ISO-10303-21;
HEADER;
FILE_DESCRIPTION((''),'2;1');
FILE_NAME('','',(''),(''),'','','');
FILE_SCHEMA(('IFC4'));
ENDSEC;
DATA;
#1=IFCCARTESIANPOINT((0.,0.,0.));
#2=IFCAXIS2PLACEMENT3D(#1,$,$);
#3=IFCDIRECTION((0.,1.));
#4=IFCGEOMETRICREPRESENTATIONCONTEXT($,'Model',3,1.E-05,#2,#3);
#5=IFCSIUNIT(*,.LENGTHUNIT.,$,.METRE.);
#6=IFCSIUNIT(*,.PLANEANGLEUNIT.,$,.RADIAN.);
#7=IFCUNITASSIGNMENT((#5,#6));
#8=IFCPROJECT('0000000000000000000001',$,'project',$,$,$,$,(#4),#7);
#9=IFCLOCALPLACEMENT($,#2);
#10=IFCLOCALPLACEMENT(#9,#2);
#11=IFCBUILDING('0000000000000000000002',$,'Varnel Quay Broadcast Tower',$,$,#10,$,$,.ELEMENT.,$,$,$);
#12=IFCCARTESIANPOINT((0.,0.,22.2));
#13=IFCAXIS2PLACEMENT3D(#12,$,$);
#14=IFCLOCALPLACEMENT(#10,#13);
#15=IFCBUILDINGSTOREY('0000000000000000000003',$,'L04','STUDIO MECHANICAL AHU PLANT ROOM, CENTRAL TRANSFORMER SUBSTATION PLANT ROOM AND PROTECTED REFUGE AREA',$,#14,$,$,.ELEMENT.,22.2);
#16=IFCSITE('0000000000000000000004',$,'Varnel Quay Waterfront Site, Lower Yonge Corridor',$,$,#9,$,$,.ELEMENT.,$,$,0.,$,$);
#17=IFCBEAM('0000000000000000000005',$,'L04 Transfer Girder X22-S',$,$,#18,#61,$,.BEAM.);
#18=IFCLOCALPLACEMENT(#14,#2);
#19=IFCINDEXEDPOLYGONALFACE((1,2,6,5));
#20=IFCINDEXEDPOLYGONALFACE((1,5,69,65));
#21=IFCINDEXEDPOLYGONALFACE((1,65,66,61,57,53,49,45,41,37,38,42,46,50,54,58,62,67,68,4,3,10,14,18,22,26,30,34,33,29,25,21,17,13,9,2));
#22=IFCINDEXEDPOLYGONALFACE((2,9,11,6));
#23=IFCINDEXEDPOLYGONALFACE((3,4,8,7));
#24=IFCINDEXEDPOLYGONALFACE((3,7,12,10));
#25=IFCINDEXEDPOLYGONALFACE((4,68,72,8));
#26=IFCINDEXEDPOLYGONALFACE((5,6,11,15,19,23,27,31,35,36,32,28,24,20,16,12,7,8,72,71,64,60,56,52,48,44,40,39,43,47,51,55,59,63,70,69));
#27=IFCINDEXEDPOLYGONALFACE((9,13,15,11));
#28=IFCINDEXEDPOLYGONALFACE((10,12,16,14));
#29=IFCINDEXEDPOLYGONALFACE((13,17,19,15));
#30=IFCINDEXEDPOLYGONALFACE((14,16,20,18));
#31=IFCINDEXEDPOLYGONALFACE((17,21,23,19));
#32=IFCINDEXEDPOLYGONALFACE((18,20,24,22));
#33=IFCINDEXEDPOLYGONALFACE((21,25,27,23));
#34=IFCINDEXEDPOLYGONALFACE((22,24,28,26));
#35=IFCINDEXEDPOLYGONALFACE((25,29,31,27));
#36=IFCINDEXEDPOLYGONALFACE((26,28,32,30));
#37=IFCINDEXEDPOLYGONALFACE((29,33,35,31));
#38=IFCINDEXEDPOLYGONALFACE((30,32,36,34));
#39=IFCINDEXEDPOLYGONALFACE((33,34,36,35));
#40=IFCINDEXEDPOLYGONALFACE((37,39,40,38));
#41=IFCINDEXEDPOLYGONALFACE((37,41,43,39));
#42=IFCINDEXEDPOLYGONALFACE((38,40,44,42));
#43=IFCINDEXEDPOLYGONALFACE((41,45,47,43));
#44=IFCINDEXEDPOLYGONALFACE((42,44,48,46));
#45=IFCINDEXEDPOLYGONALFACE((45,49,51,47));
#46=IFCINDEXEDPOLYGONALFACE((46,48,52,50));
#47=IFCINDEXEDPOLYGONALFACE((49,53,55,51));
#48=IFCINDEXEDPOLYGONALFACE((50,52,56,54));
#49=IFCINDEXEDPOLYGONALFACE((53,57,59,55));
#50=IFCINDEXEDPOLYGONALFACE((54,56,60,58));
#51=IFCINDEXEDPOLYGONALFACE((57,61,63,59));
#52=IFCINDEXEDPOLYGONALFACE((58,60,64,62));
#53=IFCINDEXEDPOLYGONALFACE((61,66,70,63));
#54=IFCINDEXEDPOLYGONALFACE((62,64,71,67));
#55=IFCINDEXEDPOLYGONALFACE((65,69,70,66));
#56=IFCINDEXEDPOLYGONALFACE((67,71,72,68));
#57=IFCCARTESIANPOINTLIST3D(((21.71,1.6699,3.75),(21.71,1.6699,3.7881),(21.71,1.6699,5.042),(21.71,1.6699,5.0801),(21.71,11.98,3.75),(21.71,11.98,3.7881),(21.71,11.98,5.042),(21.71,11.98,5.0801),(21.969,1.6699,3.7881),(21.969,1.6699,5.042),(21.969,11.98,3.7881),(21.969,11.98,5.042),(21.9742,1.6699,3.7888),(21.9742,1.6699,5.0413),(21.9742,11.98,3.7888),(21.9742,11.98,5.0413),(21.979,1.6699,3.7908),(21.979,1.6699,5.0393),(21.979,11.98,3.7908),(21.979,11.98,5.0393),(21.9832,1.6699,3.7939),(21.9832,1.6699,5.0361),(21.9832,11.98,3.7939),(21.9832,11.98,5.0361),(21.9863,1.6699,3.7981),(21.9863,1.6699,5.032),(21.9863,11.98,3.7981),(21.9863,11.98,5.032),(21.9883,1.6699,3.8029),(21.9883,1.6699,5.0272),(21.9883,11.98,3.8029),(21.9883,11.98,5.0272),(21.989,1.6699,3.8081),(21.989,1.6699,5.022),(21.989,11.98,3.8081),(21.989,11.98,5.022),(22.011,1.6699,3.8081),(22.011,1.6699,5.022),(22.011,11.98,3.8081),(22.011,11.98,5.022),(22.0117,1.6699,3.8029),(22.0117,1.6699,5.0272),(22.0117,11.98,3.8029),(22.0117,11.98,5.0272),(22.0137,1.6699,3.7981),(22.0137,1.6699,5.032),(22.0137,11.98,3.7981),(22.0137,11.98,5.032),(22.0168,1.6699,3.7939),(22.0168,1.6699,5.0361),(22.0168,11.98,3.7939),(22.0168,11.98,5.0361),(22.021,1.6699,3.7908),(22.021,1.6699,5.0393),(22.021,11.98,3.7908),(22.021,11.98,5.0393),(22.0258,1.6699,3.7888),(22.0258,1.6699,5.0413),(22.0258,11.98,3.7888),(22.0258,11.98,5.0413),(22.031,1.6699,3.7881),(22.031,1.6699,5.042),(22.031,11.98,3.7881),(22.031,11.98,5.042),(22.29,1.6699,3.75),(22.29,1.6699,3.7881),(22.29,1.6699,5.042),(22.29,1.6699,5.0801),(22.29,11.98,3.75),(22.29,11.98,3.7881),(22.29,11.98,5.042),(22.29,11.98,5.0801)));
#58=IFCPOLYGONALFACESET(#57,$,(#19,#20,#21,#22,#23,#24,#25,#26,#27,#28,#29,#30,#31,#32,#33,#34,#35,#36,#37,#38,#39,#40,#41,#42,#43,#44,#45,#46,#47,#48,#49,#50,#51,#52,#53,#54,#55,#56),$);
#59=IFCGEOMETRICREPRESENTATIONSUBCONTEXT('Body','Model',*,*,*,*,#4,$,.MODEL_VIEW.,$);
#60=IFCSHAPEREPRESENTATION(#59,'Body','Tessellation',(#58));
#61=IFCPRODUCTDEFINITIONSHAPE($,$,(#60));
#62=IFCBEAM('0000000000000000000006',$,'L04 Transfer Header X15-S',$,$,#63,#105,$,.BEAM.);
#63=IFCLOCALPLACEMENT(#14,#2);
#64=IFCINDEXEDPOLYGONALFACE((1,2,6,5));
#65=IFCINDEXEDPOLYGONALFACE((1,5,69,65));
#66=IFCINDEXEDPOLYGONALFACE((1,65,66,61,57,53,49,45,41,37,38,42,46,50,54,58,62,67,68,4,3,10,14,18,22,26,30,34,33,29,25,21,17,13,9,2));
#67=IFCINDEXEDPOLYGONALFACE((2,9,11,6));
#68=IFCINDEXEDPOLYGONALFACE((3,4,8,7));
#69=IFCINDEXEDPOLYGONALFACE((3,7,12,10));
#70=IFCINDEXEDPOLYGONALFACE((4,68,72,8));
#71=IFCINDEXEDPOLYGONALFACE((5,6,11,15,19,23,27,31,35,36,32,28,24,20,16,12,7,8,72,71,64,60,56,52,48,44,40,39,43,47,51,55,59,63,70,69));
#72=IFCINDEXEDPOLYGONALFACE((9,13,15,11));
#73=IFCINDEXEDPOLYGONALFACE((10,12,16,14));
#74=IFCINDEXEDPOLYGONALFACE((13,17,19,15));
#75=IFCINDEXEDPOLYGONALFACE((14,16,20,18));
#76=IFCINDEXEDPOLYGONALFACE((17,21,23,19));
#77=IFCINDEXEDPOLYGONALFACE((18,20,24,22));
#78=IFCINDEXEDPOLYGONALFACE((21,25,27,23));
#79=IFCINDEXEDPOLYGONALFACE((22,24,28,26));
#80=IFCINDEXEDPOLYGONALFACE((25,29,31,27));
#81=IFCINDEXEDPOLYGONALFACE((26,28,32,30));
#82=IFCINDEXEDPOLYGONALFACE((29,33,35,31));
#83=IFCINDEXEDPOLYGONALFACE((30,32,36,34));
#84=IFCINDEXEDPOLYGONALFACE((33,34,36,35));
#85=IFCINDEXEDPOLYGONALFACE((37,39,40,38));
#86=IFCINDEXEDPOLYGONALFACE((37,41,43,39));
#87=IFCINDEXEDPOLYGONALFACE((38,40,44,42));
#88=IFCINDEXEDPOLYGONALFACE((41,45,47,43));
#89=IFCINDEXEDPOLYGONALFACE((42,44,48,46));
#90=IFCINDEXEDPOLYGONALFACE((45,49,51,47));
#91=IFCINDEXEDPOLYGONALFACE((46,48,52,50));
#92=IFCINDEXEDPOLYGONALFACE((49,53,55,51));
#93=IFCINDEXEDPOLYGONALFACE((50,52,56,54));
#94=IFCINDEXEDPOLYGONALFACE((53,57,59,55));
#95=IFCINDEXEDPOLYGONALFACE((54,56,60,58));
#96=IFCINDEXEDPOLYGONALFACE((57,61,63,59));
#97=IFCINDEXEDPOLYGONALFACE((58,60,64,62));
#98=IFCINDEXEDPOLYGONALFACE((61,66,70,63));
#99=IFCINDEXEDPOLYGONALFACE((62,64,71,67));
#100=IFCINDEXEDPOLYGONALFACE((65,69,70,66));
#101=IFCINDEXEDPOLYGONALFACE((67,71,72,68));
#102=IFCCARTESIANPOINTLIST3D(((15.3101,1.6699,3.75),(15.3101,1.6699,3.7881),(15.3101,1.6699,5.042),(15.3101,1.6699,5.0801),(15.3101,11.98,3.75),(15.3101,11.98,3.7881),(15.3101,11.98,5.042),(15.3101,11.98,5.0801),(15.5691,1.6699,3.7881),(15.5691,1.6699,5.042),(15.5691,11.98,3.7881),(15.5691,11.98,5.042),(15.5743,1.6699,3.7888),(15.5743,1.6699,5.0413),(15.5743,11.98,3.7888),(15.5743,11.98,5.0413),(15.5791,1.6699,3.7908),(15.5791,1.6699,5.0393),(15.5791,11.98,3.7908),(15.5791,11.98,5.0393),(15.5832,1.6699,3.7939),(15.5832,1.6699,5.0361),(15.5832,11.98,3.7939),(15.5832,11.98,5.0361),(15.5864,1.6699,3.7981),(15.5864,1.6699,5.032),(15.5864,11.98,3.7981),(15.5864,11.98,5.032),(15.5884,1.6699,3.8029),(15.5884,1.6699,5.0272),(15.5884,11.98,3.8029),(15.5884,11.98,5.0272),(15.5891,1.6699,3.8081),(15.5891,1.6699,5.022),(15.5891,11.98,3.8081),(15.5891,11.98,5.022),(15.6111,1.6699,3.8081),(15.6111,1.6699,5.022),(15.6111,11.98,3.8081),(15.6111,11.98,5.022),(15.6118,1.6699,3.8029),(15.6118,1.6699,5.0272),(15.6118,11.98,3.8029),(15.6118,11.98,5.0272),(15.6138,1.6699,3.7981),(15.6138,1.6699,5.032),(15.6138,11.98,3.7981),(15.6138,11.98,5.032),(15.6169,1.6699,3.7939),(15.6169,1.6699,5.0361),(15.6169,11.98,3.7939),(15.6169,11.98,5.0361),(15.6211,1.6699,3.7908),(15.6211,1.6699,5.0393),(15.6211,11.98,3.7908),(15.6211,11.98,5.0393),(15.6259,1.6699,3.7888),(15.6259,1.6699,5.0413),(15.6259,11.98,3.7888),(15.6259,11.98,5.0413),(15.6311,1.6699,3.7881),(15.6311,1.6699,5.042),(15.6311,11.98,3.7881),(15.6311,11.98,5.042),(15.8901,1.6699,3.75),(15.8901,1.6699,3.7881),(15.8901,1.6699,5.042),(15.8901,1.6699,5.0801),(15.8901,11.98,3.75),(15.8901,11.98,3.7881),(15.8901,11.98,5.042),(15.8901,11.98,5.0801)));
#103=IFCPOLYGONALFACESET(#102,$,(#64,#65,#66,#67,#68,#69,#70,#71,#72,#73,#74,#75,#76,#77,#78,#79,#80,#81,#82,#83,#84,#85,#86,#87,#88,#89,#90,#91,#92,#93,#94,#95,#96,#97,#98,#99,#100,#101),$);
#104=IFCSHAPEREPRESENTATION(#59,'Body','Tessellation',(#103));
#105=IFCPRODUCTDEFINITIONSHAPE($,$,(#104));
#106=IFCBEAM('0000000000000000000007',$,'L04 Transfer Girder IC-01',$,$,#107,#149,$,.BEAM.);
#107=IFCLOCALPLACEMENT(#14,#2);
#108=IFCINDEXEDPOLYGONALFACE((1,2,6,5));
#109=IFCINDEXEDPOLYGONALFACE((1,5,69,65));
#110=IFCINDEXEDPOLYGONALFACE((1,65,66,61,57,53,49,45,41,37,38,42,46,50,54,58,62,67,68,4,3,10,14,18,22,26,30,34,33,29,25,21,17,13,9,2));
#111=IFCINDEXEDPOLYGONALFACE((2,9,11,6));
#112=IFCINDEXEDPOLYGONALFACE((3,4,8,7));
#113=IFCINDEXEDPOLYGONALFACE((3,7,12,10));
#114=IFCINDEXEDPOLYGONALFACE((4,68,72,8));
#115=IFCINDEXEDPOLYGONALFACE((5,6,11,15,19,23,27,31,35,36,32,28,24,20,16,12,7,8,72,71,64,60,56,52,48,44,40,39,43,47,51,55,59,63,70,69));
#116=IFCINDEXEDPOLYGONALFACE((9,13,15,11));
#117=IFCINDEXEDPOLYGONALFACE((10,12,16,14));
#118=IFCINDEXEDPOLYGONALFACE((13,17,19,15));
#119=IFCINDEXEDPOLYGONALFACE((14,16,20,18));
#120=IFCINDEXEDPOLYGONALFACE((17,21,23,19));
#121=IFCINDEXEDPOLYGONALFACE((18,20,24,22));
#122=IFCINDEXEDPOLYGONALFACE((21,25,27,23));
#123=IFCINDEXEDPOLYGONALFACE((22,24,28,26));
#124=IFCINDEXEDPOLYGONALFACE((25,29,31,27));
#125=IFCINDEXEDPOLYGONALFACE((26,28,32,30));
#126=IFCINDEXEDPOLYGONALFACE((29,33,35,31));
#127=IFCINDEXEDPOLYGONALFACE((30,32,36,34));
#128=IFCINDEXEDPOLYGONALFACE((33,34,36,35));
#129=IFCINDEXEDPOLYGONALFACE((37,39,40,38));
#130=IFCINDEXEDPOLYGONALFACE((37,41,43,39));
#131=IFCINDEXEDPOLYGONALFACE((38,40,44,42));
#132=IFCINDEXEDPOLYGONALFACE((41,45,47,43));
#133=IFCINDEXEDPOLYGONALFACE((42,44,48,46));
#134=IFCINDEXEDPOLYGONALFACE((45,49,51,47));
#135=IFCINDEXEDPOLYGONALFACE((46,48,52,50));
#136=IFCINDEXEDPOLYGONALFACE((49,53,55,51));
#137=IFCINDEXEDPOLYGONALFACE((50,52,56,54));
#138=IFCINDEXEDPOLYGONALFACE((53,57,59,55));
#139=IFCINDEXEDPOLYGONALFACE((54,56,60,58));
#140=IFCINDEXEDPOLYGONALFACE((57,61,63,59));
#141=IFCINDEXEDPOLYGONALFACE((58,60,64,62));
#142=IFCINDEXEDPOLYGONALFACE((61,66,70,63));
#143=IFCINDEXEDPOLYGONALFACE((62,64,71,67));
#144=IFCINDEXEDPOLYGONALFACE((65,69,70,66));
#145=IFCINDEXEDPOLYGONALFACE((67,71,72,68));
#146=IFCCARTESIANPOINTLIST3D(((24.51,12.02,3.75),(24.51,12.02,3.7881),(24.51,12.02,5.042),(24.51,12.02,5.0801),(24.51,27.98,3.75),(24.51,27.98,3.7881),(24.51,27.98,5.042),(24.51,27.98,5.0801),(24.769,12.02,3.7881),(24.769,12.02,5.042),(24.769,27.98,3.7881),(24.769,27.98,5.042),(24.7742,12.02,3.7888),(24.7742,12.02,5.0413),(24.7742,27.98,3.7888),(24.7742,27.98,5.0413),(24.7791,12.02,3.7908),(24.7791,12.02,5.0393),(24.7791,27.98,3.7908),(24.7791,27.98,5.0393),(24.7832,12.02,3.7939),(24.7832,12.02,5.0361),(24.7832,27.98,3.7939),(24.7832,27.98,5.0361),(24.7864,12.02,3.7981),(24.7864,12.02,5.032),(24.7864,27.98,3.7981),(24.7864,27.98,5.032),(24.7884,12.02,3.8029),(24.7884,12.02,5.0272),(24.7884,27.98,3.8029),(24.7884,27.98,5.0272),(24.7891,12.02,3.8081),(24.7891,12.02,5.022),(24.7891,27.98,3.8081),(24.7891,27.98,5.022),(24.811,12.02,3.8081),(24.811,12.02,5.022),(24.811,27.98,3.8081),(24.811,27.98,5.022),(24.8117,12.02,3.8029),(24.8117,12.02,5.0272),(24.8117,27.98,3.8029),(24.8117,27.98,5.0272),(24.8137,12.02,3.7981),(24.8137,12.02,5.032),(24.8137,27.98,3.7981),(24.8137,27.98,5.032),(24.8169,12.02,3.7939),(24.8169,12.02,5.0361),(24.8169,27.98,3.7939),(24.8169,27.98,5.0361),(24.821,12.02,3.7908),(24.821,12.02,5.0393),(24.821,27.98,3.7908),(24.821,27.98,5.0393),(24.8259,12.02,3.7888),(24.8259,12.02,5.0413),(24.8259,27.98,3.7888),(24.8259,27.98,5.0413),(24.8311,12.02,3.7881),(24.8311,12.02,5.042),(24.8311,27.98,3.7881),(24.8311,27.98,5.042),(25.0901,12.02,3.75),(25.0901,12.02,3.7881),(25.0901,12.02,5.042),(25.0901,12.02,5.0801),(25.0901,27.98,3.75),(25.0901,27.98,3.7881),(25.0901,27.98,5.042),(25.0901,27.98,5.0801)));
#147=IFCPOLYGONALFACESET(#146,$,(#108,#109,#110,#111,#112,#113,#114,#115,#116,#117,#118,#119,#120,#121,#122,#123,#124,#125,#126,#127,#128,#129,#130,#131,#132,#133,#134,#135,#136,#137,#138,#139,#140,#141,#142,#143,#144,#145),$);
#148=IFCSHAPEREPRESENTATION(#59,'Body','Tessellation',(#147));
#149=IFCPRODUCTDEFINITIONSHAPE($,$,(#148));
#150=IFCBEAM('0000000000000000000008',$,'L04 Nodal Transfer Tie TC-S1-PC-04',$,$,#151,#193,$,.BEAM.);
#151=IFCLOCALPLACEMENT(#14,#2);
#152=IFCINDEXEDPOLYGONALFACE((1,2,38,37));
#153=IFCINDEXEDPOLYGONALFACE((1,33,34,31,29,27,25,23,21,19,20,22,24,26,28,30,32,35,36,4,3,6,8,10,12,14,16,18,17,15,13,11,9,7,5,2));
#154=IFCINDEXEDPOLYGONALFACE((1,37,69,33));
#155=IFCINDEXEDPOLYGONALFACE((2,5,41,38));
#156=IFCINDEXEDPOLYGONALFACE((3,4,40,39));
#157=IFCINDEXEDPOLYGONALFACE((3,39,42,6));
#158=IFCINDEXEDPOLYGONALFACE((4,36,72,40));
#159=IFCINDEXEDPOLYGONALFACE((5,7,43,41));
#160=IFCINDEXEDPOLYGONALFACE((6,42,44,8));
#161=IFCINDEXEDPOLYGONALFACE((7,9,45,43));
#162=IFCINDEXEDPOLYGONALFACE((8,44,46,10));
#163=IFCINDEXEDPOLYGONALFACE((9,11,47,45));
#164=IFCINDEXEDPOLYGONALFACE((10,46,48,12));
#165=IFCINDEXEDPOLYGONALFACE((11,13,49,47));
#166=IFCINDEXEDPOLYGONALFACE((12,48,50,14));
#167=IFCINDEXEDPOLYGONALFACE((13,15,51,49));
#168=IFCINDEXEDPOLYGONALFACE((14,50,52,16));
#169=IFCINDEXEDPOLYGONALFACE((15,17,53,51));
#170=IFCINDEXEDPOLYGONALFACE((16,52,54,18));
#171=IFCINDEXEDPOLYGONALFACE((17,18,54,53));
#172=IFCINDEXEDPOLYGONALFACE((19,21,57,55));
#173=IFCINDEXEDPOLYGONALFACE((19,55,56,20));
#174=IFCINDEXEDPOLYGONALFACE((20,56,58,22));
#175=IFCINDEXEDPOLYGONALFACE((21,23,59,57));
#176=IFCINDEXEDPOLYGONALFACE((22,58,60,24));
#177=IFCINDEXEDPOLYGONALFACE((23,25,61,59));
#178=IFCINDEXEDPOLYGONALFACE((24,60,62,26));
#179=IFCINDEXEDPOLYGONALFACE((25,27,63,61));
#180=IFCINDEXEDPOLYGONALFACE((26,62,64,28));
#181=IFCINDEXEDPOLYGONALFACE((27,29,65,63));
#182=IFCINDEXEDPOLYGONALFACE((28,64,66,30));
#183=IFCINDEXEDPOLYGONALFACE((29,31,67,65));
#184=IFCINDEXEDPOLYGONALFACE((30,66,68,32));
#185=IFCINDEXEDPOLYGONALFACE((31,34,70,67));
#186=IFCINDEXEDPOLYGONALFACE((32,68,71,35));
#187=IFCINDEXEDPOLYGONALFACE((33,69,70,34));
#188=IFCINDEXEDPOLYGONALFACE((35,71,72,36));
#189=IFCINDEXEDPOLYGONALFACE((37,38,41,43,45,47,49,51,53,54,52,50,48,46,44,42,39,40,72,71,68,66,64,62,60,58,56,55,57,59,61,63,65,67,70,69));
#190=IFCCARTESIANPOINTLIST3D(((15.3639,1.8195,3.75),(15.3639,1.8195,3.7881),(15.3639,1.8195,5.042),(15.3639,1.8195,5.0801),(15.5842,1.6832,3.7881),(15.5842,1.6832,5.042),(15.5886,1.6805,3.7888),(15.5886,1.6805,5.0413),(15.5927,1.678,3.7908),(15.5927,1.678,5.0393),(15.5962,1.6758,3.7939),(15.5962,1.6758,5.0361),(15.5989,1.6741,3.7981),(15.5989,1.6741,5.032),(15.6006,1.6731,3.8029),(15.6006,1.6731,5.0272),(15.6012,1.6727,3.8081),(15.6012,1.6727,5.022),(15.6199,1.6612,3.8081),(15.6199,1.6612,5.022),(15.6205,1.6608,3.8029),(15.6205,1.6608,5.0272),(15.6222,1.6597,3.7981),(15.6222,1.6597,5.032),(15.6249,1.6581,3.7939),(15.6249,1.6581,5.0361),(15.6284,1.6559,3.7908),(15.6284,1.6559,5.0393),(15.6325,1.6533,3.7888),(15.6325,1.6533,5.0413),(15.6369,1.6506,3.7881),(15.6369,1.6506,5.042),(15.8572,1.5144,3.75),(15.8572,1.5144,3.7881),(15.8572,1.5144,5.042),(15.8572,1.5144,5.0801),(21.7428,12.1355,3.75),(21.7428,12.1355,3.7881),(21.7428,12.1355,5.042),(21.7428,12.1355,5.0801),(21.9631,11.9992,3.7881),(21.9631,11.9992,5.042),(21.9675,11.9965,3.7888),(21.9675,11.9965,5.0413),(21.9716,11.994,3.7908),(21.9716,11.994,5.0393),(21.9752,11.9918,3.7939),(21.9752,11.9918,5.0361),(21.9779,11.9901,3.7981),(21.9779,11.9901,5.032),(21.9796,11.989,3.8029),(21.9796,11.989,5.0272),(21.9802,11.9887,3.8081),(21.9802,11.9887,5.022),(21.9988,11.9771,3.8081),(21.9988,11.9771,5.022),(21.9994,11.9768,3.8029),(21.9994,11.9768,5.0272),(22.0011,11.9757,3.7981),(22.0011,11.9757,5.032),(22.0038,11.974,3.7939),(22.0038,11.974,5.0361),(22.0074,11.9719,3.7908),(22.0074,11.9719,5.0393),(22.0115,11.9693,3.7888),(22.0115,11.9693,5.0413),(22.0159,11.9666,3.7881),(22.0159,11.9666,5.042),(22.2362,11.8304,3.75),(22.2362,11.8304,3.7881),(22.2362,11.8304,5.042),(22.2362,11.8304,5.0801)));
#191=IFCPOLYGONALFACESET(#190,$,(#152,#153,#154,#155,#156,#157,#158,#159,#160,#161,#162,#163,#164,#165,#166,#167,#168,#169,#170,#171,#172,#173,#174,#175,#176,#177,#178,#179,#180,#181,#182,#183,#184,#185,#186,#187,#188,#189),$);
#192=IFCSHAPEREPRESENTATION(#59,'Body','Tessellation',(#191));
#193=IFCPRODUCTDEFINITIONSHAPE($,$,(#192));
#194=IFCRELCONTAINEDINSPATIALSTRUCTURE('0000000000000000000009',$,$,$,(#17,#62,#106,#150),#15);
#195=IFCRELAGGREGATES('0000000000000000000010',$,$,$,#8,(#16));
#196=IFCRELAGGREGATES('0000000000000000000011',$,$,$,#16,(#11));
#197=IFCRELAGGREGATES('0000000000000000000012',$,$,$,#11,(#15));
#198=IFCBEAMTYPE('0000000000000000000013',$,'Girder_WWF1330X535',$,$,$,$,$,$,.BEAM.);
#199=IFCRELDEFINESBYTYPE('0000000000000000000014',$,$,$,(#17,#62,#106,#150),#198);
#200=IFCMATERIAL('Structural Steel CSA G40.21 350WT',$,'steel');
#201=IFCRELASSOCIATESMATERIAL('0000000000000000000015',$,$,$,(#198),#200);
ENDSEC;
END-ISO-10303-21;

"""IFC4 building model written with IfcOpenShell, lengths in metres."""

from ifc_helpers import new_model, si_unit, direction, frame, origin, origin_2d, place, context, subcontext, project, spatial, i_section, extrude, source, transform, mapped, material, material_profile, profile_set, type_object, element, save


model = new_model("IFC4")

# Units and contexts
model_context = context("Model", 3, precision=1e-05, world=origin(), true_north=direction((0.0, 1.0)))
body_context = subcontext(model_context, "Body", "Model", "MODEL_VIEW")
ifc_project = project(units=[si_unit("LENGTHUNIT", "METRE"), si_unit("PLANEANGLEUNIT", "RADIAN")], contexts=[model_context])

# Site, building, storey
site_placement = place(None, origin())
site = spatial("IfcSite", under=ifc_project, at=site_placement, Name="Varnel Quay Waterfront Site, Lower Yonge Corridor", CompositionType="ELEMENT", RefElevation=0.0)
building_placement = place(site_placement, origin())
building = spatial("IfcBuilding", under=site, at=building_placement, Name="Varnel Quay Broadcast Tower", CompositionType="ELEMENT")
storey_placement = place(building_placement, frame((0.0, 0.0, 22.2)))
storey = spatial("IfcBuildingStorey", under=building, at=storey_placement, Name="L04", Description="STUDIO MECHANICAL AHU PLANT ROOM, CENTRAL TRANSFORMER SUBSTATION PLANT ROOM AND PROTECTED REFUGE AREA", CompositionType="ELEMENT", Elevation=22.2)

# Beams
ifc_material_1 = material(Name="Structural Steel CSA G40.21 350WT", Category="steel")
ifc_material_profile_1 = material_profile(ifc_material_1, i_section(OverallWidth=0.5801, OverallDepth=1.3301, WebThickness=0.022, FlangeThickness=0.0381, FilletRadius=0.02, at=origin_2d()), Name="WWF1330X535")
ifc_profile_set_1 = profile_set([ifc_material_profile_1], Name="Structural Steel CSA G40.21 350WT")
beam_type_1 = type_object("IfcBeamType", Name="Girder_WWF1330X535", PredefinedType="BEAM", material=ifc_profile_set_1)
shared_shape_1 = source(origin(), body_context, "Body", "SweptSolid", [
    extrude(i_section(OverallWidth=0.5801, OverallDepth=1.3301, WebThickness=0.022, FlangeThickness=0.0381, FilletRadius=0.02, at=origin_2d()), origin(), (0.0, 0.0, 1.0), 10.3101),
])
for number, where, z_axis, x_axis, name in (
    (1, (22.0, 1.6699, 4.415), (0.0, 1.0, 0.0), (-1.0, 0.0, 0.0), "L04 Transfer Girder X22-S"),
    (2, (15.6001, 1.6699, 4.415), (0.0, 1.0, 0.0), (-1.0, 0.0, 0.0), "L04 Transfer Header X15-S"),
):
    element("IfcBeam", number, at=place(storey_placement, frame(where, z_axis=z_axis, x_axis=x_axis)), inside=storey, type_object=beam_type_1, Name=name, PredefinedType="BEAM", context=body_context, shape_type="MappedRepresentation", body=[
        mapped(shared_shape_1, transform((0.0, 0.0, 0.0), x_axis=(1.0, 0.0, 0.0), y_axis=(0.0, 1.0, 0.0), z_axis=(0.0, 0.0, 1.0), scale=1.0)),
    ])
shared_shape_2 = source(origin(), body_context, "Body", "SweptSolid", [
    extrude(i_section(OverallWidth=0.5801, OverallDepth=1.3301, WebThickness=0.022, FlangeThickness=0.0381, FilletRadius=0.02, at=origin_2d()), origin(), (0.0, 0.0, 1.0), 15.96),
])
beam_1_placement = place(storey_placement, frame((24.8, 12.02, 4.415), z_axis=(0.0, 1.0, 0.0), x_axis=(-1.0, 0.0, 0.0)))
element("IfcBeam", 3, at=beam_1_placement, inside=storey, type_object=beam_type_1, Name="L04 Transfer Girder IC-01", PredefinedType="BEAM", context=body_context, shape_type="MappedRepresentation", body=[
    mapped(shared_shape_2, transform((0.0, 0.0, 0.0), x_axis=(1.0, 0.0, 0.0), y_axis=(0.0, 1.0, 0.0), z_axis=(0.0, 0.0, 1.0), scale=1.0)),
])
shared_shape_3 = source(origin(), body_context, "Body", "SweptSolid", [
    extrude(i_section(OverallWidth=0.5801, OverallDepth=1.3301, WebThickness=0.022, FlangeThickness=0.0381, FilletRadius=0.02, at=origin_2d()), origin(), (0.0, 0.0, 1.0), 12.1289),
])
beam_2_placement = place(storey_placement, frame((21.9895, 11.9829, 4.415), z_axis=(-0.525929, -0.850528, 0.0), x_axis=(0.850528, -0.525929, 0.0)))
element("IfcBeam", 4, at=beam_2_placement, inside=storey, type_object=beam_type_1, Name="L04 Nodal Transfer Tie TC-S1-PC-04", PredefinedType="BEAM", context=body_context, shape_type="MappedRepresentation", body=[
    mapped(shared_shape_3, transform((0.0, 0.0, 0.0), x_axis=(1.0, 0.0, 0.0), y_axis=(0.0, 1.0, 0.0), z_axis=(0.0, 0.0, 1.0), scale=1.0)),
])

save(model, "model.ifc")
